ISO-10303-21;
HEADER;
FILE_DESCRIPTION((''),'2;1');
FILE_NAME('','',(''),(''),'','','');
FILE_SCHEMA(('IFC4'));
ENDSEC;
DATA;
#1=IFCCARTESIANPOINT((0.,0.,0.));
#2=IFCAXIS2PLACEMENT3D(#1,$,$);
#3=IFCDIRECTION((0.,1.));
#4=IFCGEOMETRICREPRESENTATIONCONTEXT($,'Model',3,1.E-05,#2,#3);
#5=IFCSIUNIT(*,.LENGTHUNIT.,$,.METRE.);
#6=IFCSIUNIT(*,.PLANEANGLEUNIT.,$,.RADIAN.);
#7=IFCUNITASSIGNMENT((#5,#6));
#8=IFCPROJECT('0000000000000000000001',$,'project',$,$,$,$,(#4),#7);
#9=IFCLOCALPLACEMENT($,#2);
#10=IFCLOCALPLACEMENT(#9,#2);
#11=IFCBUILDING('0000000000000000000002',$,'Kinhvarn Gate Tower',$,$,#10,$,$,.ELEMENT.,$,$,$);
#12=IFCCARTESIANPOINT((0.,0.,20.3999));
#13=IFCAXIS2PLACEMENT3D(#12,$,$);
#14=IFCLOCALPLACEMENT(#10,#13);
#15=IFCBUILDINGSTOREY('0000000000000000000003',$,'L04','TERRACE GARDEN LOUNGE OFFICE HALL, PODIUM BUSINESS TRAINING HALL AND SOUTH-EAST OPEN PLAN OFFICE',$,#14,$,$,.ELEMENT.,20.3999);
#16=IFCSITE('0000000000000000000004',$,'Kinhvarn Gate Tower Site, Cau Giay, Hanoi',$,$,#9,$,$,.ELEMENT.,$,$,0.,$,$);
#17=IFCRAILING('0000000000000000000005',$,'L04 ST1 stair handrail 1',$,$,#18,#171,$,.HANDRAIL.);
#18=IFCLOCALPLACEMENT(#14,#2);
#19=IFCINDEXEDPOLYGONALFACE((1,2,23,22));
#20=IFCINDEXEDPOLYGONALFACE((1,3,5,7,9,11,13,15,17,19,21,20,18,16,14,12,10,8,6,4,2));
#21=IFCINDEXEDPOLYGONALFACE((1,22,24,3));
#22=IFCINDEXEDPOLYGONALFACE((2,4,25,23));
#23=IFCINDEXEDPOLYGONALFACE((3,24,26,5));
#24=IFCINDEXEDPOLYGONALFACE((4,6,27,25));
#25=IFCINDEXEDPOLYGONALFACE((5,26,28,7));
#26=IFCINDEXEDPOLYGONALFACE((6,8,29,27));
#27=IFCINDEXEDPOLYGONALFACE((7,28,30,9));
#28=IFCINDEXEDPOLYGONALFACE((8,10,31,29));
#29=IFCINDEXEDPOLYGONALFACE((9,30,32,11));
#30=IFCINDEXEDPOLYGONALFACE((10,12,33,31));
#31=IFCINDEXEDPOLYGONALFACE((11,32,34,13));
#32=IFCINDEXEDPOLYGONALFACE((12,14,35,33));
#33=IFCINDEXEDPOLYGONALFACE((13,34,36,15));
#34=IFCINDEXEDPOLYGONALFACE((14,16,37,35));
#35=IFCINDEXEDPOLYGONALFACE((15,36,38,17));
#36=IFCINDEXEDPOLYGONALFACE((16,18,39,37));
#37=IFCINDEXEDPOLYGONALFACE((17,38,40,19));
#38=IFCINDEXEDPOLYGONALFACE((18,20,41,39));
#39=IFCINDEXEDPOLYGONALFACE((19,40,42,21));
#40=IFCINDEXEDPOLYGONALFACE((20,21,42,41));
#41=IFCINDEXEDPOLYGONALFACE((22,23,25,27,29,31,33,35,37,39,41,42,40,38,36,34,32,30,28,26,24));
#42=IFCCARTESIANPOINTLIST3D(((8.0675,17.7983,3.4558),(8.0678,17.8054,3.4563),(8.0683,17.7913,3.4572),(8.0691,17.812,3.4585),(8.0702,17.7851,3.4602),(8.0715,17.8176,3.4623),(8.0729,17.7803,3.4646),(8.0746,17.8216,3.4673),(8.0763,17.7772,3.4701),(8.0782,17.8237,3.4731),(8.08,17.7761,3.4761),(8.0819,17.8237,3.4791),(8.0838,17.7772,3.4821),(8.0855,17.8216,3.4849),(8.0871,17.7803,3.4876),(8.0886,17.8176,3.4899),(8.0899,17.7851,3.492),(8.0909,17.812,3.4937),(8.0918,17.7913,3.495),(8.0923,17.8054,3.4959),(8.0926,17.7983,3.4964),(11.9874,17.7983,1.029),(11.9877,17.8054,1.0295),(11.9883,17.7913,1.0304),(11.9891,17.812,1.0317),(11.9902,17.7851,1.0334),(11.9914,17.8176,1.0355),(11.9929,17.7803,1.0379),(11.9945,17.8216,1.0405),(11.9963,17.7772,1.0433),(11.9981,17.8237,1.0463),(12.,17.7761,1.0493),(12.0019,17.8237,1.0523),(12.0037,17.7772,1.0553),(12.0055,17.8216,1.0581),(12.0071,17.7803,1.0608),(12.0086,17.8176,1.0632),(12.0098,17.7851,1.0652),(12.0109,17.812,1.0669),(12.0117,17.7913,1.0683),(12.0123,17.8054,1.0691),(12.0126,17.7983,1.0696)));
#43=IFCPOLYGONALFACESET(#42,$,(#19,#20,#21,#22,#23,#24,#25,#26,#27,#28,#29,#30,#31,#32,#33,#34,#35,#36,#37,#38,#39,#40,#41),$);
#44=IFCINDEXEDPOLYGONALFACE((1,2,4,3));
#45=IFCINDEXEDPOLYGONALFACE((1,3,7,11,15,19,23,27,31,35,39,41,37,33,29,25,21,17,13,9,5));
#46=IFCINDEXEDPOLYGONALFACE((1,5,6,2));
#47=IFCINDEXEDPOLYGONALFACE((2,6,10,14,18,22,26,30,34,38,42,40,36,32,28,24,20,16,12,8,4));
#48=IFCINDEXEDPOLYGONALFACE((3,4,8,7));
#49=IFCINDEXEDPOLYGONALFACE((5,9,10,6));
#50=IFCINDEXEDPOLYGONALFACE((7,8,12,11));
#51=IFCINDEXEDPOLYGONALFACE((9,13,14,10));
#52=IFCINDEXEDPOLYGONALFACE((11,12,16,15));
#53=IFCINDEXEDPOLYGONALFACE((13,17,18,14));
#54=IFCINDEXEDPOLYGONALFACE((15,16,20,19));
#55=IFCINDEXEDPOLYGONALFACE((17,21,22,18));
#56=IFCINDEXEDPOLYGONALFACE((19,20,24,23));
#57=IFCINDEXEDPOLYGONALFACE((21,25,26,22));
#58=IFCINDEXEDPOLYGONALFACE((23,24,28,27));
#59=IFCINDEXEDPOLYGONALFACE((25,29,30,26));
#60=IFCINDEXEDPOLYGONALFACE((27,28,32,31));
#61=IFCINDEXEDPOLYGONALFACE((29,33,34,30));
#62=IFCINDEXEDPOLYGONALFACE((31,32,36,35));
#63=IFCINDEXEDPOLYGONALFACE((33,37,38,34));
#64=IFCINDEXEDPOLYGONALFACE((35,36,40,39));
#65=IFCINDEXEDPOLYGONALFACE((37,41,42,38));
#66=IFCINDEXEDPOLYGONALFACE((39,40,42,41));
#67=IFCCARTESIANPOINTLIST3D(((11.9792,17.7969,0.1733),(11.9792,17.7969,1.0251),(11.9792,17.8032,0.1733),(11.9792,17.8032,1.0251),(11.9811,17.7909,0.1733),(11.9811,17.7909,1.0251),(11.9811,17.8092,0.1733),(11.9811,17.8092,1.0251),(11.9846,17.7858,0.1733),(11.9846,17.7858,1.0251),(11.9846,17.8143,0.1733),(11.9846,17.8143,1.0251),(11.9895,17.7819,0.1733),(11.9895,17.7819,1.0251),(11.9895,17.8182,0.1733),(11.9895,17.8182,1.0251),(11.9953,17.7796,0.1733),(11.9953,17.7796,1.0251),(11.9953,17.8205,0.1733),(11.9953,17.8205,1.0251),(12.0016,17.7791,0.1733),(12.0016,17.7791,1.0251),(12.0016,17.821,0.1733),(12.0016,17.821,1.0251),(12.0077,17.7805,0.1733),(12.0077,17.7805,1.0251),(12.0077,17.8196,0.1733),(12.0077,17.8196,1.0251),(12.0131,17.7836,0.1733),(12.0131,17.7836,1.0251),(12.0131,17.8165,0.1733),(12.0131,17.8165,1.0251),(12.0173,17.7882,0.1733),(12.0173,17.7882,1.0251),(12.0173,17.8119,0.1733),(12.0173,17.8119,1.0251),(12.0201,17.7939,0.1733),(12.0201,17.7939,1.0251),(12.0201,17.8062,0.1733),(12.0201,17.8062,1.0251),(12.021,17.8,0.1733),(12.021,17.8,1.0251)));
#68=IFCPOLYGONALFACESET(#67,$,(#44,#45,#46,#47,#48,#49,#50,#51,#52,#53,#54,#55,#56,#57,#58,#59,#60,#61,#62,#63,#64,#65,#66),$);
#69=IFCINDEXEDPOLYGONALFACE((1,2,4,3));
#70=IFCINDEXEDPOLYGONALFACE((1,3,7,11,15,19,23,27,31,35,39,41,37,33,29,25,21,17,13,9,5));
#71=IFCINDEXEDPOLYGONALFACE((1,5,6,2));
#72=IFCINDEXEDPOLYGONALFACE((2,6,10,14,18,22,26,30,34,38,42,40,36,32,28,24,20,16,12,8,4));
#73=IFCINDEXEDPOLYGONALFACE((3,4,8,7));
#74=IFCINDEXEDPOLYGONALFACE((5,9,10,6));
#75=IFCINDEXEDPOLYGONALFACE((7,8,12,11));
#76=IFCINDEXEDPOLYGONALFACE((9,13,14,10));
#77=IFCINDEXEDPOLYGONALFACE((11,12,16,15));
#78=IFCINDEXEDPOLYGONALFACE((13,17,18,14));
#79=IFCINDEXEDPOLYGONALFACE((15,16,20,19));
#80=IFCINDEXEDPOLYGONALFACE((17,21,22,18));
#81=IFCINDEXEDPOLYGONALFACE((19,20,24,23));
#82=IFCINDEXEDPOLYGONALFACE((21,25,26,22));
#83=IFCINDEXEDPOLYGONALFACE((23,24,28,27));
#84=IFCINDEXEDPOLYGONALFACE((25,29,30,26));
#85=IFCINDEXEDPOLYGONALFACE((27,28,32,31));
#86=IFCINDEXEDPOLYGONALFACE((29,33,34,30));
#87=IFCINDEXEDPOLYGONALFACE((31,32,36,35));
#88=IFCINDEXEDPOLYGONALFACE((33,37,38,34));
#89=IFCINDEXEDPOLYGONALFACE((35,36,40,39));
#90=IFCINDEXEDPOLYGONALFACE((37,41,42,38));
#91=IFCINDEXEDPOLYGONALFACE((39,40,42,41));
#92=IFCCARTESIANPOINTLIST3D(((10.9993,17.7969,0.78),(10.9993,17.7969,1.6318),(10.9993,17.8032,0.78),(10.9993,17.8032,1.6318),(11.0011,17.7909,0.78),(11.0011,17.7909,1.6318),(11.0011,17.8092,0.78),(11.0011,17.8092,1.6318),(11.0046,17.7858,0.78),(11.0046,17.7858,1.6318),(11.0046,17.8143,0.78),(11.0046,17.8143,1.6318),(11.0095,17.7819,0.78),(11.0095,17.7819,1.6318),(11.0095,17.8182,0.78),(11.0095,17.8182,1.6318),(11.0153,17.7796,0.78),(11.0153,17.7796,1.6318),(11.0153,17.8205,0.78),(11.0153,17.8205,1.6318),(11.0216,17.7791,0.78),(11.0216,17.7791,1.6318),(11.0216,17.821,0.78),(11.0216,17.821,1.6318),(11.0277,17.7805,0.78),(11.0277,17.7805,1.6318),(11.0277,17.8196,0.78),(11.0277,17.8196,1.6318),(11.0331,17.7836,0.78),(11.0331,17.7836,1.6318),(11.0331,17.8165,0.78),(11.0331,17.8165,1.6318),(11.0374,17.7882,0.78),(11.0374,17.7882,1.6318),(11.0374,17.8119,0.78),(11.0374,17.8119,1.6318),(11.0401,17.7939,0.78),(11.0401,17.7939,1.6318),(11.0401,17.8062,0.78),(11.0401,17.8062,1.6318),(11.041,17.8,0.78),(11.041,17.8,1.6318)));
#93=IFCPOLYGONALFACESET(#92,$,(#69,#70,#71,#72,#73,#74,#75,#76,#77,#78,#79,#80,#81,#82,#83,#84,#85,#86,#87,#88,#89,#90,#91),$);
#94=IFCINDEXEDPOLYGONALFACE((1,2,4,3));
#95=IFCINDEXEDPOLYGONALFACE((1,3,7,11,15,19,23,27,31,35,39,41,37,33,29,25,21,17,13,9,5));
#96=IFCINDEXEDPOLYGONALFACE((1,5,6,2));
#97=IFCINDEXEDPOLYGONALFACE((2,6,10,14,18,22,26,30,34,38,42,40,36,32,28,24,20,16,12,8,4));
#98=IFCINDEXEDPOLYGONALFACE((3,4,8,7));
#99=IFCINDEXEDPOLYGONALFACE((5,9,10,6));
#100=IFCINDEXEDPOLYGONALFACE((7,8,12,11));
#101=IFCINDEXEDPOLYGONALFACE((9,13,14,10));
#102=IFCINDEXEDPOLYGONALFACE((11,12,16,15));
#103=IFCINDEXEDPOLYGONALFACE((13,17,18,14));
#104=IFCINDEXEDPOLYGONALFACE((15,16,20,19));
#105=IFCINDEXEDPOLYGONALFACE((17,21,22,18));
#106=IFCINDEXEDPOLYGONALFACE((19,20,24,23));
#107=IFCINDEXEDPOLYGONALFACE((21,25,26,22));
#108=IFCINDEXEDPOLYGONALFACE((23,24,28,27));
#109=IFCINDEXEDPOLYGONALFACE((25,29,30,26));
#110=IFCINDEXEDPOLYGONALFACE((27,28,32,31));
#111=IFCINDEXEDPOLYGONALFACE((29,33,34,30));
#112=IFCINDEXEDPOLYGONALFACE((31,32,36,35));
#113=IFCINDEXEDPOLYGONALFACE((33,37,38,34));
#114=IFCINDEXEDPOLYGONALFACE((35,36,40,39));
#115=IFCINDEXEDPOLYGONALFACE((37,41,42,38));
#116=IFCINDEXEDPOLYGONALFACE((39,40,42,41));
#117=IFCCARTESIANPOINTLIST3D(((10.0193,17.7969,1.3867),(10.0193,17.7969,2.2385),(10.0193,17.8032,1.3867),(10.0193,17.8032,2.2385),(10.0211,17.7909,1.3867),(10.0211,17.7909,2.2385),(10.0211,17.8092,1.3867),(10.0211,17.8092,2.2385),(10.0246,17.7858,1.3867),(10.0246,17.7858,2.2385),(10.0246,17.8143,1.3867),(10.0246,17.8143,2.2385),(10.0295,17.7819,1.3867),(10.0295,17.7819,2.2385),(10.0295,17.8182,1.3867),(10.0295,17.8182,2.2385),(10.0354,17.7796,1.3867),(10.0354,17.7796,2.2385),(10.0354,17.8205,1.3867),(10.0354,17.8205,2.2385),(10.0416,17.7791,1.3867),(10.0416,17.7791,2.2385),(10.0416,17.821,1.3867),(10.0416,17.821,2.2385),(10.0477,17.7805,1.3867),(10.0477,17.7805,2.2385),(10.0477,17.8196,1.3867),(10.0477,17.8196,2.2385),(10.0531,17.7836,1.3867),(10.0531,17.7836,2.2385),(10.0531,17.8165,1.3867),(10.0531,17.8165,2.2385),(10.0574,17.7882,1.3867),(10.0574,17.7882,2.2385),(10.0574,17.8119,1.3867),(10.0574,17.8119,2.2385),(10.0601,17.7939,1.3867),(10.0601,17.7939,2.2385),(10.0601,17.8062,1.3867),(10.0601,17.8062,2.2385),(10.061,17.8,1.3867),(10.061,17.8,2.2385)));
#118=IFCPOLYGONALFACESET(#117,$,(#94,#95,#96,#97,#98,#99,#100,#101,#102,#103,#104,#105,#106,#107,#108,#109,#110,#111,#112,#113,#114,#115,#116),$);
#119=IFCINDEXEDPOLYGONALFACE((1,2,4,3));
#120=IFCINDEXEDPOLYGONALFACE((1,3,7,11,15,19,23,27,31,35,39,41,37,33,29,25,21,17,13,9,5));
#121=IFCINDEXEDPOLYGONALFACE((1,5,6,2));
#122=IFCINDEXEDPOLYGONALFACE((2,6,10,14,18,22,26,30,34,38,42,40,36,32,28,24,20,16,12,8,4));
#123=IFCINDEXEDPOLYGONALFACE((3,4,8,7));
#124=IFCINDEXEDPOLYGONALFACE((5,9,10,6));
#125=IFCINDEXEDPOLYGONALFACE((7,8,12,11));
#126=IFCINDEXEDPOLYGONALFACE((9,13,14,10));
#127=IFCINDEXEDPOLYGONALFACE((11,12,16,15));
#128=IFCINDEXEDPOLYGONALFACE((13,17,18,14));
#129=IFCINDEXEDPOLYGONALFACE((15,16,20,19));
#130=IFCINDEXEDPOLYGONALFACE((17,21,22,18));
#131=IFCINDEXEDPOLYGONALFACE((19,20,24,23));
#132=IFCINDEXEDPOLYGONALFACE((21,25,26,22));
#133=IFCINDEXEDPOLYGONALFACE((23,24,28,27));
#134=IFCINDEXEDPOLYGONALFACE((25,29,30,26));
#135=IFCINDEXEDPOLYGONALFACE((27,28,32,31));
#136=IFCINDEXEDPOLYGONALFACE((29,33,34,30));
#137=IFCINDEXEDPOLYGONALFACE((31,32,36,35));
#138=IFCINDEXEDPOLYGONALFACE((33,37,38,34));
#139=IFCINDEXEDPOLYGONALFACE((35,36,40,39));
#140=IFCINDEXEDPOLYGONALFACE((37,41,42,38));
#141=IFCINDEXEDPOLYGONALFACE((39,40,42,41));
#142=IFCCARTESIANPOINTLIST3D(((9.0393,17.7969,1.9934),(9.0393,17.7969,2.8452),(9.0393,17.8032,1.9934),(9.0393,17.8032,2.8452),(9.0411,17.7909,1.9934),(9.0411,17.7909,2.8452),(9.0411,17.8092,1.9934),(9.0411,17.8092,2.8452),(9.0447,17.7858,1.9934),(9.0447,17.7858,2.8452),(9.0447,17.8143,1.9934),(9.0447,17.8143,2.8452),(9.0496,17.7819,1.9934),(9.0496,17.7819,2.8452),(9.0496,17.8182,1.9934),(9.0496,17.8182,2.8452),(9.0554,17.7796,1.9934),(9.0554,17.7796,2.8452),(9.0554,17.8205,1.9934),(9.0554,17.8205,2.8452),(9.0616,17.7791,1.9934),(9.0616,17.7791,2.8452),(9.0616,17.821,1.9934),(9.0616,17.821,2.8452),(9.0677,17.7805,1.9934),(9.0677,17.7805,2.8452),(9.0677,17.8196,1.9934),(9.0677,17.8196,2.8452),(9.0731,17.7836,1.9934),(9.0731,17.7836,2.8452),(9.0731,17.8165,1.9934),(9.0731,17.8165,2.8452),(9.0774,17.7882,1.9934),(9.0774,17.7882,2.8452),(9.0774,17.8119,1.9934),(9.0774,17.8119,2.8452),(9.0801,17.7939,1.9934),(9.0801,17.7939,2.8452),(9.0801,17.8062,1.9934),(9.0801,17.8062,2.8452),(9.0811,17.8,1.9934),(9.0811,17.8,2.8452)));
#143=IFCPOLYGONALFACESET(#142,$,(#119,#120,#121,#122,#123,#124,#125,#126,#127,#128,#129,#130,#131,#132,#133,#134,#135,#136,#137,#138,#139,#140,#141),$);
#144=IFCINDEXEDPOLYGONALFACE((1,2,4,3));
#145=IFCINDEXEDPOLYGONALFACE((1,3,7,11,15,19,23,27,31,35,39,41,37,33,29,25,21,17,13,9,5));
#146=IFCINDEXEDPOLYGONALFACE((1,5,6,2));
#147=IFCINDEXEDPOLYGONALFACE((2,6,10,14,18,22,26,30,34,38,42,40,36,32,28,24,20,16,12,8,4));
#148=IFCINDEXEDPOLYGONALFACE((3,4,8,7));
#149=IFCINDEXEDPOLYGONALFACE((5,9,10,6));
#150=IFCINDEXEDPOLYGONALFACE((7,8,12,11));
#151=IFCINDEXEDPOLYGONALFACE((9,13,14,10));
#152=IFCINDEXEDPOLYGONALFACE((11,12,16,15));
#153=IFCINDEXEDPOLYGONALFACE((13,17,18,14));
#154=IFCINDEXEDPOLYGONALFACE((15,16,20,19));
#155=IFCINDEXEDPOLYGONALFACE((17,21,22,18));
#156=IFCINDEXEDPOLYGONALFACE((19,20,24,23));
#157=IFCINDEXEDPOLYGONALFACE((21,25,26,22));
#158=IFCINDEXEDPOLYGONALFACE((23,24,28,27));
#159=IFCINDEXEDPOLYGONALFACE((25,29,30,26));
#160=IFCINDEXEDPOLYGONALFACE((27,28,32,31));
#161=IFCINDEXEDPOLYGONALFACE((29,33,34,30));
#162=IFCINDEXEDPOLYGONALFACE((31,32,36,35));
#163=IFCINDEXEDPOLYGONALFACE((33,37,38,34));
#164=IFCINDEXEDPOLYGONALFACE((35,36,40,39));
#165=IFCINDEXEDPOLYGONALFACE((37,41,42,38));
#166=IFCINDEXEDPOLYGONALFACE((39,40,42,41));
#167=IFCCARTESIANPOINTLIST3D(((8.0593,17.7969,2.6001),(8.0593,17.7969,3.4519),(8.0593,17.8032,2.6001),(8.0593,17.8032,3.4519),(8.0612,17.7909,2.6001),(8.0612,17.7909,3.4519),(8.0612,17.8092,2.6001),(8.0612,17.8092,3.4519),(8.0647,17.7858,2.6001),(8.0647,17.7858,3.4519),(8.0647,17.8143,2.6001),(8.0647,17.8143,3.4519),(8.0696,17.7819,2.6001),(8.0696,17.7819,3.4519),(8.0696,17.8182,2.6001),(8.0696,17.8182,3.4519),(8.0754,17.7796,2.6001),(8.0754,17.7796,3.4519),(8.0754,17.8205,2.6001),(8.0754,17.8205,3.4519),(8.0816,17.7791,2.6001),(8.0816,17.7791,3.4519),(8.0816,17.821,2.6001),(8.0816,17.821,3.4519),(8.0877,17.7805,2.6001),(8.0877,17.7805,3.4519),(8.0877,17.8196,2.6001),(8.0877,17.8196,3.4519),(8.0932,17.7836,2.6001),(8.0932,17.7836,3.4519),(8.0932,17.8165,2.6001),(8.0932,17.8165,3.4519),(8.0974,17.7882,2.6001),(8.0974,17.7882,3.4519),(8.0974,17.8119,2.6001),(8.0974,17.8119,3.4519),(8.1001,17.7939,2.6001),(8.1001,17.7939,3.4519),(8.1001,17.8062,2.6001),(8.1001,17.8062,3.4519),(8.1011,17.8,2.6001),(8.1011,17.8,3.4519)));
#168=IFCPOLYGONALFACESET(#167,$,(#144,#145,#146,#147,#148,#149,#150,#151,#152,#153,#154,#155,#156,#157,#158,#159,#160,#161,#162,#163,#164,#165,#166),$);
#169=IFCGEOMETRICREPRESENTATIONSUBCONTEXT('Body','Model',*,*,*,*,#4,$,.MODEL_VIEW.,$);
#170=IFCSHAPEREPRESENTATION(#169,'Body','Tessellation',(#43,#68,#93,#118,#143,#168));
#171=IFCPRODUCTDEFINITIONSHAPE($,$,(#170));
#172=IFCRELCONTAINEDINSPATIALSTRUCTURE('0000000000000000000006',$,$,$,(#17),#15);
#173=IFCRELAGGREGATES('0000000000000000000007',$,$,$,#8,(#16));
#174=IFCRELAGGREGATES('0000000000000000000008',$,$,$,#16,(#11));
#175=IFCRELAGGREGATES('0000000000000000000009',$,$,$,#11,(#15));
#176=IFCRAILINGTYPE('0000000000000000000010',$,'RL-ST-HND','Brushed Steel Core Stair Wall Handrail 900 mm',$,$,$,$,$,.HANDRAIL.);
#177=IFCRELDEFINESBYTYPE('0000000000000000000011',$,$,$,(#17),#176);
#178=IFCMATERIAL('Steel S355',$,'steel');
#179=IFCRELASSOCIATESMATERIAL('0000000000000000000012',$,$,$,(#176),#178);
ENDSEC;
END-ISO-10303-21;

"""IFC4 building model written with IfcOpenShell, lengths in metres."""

from ifc_helpers import new_model, si_unit, direction, frame, origin, origin_2d, place, context, subcontext, project, spatial, circle, extrude, material, type_object, element, save


model = new_model("IFC4")

# Units and contexts
model_context = context("Model", 3, precision=1e-05, world=origin(), true_north=direction((0.0, 1.0)))
body_context = subcontext(model_context, "Body", "Model", "MODEL_VIEW")
ifc_project = project(units=[si_unit("LENGTHUNIT", "METRE"), si_unit("PLANEANGLEUNIT", "RADIAN")], contexts=[model_context])

# Site, building, storey
site_placement = place(None, origin())
site = spatial("IfcSite", under=ifc_project, at=site_placement, Name="Kinhvarn Gate Tower Site, Cau Giay, Hanoi", CompositionType="ELEMENT", RefElevation=0.0)
building_placement = place(site_placement, origin())
building = spatial("IfcBuilding", under=site, at=building_placement, Name="Kinhvarn Gate Tower", CompositionType="ELEMENT")
storey_placement = place(building_placement, frame((0.0, 0.0, 20.3999)))
storey = spatial("IfcBuildingStorey", under=building, at=storey_placement, Name="L04", Description="TERRACE GARDEN LOUNGE OFFICE HALL, PODIUM BUSINESS TRAINING HALL AND SOUTH-EAST OPEN PLAN OFFICE", CompositionType="ELEMENT", Elevation=20.3999)

# Shared definitions
ifc_material_1 = material(Name="Steel S355", Category="steel")

# Railing
railing_type_1 = type_object("IfcRailingType", Name="RL-ST-HND", Description="Brushed Steel Core Stair Wall Handrail 900 mm", PredefinedType="HANDRAIL", material=ifc_material_1)
railing_1_placement = place(storey_placement, frame((12.0, 17.8, 0.1733)))
element("IfcRailing", 1, at=railing_1_placement, inside=storey, type_object=railing_type_1, Name="L04 ST1 stair handrail 1", PredefinedType="HANDRAIL", context=body_context, shape_type="SweptSolid", body=[
    extrude(circle(Radius=0.0239, at=origin_2d()), frame((0.0, 0.0, 0.876), z_axis=(-0.850252, 0.0, 0.526376), x_axis=(0.0, -1.0, 0.0)), (0.0, 0.0, 1.0), 4.6104),
    extrude(circle(Radius=0.021, at=origin_2d()), origin(), (0.0, 0.0, 1.0), 0.8518),
    extrude(circle(Radius=0.021, at=origin_2d()), frame((-0.98, 0.0, 0.6067)), (0.0, 0.0, 1.0), 0.8518),
    extrude(circle(Radius=0.021, at=origin_2d()), frame((-1.96, 0.0, 1.2134)), (0.0, 0.0, 1.0), 0.8518),
    extrude(circle(Radius=0.021, at=origin_2d()), frame((-2.9399, 0.0, 1.8201)), (0.0, 0.0, 1.0), 0.8518),
    extrude(circle(Radius=0.021, at=origin_2d()), frame((-3.9199, 0.0, 2.4268)), (0.0, 0.0, 1.0), 0.8518),
])

save(model, "model.ifc")
